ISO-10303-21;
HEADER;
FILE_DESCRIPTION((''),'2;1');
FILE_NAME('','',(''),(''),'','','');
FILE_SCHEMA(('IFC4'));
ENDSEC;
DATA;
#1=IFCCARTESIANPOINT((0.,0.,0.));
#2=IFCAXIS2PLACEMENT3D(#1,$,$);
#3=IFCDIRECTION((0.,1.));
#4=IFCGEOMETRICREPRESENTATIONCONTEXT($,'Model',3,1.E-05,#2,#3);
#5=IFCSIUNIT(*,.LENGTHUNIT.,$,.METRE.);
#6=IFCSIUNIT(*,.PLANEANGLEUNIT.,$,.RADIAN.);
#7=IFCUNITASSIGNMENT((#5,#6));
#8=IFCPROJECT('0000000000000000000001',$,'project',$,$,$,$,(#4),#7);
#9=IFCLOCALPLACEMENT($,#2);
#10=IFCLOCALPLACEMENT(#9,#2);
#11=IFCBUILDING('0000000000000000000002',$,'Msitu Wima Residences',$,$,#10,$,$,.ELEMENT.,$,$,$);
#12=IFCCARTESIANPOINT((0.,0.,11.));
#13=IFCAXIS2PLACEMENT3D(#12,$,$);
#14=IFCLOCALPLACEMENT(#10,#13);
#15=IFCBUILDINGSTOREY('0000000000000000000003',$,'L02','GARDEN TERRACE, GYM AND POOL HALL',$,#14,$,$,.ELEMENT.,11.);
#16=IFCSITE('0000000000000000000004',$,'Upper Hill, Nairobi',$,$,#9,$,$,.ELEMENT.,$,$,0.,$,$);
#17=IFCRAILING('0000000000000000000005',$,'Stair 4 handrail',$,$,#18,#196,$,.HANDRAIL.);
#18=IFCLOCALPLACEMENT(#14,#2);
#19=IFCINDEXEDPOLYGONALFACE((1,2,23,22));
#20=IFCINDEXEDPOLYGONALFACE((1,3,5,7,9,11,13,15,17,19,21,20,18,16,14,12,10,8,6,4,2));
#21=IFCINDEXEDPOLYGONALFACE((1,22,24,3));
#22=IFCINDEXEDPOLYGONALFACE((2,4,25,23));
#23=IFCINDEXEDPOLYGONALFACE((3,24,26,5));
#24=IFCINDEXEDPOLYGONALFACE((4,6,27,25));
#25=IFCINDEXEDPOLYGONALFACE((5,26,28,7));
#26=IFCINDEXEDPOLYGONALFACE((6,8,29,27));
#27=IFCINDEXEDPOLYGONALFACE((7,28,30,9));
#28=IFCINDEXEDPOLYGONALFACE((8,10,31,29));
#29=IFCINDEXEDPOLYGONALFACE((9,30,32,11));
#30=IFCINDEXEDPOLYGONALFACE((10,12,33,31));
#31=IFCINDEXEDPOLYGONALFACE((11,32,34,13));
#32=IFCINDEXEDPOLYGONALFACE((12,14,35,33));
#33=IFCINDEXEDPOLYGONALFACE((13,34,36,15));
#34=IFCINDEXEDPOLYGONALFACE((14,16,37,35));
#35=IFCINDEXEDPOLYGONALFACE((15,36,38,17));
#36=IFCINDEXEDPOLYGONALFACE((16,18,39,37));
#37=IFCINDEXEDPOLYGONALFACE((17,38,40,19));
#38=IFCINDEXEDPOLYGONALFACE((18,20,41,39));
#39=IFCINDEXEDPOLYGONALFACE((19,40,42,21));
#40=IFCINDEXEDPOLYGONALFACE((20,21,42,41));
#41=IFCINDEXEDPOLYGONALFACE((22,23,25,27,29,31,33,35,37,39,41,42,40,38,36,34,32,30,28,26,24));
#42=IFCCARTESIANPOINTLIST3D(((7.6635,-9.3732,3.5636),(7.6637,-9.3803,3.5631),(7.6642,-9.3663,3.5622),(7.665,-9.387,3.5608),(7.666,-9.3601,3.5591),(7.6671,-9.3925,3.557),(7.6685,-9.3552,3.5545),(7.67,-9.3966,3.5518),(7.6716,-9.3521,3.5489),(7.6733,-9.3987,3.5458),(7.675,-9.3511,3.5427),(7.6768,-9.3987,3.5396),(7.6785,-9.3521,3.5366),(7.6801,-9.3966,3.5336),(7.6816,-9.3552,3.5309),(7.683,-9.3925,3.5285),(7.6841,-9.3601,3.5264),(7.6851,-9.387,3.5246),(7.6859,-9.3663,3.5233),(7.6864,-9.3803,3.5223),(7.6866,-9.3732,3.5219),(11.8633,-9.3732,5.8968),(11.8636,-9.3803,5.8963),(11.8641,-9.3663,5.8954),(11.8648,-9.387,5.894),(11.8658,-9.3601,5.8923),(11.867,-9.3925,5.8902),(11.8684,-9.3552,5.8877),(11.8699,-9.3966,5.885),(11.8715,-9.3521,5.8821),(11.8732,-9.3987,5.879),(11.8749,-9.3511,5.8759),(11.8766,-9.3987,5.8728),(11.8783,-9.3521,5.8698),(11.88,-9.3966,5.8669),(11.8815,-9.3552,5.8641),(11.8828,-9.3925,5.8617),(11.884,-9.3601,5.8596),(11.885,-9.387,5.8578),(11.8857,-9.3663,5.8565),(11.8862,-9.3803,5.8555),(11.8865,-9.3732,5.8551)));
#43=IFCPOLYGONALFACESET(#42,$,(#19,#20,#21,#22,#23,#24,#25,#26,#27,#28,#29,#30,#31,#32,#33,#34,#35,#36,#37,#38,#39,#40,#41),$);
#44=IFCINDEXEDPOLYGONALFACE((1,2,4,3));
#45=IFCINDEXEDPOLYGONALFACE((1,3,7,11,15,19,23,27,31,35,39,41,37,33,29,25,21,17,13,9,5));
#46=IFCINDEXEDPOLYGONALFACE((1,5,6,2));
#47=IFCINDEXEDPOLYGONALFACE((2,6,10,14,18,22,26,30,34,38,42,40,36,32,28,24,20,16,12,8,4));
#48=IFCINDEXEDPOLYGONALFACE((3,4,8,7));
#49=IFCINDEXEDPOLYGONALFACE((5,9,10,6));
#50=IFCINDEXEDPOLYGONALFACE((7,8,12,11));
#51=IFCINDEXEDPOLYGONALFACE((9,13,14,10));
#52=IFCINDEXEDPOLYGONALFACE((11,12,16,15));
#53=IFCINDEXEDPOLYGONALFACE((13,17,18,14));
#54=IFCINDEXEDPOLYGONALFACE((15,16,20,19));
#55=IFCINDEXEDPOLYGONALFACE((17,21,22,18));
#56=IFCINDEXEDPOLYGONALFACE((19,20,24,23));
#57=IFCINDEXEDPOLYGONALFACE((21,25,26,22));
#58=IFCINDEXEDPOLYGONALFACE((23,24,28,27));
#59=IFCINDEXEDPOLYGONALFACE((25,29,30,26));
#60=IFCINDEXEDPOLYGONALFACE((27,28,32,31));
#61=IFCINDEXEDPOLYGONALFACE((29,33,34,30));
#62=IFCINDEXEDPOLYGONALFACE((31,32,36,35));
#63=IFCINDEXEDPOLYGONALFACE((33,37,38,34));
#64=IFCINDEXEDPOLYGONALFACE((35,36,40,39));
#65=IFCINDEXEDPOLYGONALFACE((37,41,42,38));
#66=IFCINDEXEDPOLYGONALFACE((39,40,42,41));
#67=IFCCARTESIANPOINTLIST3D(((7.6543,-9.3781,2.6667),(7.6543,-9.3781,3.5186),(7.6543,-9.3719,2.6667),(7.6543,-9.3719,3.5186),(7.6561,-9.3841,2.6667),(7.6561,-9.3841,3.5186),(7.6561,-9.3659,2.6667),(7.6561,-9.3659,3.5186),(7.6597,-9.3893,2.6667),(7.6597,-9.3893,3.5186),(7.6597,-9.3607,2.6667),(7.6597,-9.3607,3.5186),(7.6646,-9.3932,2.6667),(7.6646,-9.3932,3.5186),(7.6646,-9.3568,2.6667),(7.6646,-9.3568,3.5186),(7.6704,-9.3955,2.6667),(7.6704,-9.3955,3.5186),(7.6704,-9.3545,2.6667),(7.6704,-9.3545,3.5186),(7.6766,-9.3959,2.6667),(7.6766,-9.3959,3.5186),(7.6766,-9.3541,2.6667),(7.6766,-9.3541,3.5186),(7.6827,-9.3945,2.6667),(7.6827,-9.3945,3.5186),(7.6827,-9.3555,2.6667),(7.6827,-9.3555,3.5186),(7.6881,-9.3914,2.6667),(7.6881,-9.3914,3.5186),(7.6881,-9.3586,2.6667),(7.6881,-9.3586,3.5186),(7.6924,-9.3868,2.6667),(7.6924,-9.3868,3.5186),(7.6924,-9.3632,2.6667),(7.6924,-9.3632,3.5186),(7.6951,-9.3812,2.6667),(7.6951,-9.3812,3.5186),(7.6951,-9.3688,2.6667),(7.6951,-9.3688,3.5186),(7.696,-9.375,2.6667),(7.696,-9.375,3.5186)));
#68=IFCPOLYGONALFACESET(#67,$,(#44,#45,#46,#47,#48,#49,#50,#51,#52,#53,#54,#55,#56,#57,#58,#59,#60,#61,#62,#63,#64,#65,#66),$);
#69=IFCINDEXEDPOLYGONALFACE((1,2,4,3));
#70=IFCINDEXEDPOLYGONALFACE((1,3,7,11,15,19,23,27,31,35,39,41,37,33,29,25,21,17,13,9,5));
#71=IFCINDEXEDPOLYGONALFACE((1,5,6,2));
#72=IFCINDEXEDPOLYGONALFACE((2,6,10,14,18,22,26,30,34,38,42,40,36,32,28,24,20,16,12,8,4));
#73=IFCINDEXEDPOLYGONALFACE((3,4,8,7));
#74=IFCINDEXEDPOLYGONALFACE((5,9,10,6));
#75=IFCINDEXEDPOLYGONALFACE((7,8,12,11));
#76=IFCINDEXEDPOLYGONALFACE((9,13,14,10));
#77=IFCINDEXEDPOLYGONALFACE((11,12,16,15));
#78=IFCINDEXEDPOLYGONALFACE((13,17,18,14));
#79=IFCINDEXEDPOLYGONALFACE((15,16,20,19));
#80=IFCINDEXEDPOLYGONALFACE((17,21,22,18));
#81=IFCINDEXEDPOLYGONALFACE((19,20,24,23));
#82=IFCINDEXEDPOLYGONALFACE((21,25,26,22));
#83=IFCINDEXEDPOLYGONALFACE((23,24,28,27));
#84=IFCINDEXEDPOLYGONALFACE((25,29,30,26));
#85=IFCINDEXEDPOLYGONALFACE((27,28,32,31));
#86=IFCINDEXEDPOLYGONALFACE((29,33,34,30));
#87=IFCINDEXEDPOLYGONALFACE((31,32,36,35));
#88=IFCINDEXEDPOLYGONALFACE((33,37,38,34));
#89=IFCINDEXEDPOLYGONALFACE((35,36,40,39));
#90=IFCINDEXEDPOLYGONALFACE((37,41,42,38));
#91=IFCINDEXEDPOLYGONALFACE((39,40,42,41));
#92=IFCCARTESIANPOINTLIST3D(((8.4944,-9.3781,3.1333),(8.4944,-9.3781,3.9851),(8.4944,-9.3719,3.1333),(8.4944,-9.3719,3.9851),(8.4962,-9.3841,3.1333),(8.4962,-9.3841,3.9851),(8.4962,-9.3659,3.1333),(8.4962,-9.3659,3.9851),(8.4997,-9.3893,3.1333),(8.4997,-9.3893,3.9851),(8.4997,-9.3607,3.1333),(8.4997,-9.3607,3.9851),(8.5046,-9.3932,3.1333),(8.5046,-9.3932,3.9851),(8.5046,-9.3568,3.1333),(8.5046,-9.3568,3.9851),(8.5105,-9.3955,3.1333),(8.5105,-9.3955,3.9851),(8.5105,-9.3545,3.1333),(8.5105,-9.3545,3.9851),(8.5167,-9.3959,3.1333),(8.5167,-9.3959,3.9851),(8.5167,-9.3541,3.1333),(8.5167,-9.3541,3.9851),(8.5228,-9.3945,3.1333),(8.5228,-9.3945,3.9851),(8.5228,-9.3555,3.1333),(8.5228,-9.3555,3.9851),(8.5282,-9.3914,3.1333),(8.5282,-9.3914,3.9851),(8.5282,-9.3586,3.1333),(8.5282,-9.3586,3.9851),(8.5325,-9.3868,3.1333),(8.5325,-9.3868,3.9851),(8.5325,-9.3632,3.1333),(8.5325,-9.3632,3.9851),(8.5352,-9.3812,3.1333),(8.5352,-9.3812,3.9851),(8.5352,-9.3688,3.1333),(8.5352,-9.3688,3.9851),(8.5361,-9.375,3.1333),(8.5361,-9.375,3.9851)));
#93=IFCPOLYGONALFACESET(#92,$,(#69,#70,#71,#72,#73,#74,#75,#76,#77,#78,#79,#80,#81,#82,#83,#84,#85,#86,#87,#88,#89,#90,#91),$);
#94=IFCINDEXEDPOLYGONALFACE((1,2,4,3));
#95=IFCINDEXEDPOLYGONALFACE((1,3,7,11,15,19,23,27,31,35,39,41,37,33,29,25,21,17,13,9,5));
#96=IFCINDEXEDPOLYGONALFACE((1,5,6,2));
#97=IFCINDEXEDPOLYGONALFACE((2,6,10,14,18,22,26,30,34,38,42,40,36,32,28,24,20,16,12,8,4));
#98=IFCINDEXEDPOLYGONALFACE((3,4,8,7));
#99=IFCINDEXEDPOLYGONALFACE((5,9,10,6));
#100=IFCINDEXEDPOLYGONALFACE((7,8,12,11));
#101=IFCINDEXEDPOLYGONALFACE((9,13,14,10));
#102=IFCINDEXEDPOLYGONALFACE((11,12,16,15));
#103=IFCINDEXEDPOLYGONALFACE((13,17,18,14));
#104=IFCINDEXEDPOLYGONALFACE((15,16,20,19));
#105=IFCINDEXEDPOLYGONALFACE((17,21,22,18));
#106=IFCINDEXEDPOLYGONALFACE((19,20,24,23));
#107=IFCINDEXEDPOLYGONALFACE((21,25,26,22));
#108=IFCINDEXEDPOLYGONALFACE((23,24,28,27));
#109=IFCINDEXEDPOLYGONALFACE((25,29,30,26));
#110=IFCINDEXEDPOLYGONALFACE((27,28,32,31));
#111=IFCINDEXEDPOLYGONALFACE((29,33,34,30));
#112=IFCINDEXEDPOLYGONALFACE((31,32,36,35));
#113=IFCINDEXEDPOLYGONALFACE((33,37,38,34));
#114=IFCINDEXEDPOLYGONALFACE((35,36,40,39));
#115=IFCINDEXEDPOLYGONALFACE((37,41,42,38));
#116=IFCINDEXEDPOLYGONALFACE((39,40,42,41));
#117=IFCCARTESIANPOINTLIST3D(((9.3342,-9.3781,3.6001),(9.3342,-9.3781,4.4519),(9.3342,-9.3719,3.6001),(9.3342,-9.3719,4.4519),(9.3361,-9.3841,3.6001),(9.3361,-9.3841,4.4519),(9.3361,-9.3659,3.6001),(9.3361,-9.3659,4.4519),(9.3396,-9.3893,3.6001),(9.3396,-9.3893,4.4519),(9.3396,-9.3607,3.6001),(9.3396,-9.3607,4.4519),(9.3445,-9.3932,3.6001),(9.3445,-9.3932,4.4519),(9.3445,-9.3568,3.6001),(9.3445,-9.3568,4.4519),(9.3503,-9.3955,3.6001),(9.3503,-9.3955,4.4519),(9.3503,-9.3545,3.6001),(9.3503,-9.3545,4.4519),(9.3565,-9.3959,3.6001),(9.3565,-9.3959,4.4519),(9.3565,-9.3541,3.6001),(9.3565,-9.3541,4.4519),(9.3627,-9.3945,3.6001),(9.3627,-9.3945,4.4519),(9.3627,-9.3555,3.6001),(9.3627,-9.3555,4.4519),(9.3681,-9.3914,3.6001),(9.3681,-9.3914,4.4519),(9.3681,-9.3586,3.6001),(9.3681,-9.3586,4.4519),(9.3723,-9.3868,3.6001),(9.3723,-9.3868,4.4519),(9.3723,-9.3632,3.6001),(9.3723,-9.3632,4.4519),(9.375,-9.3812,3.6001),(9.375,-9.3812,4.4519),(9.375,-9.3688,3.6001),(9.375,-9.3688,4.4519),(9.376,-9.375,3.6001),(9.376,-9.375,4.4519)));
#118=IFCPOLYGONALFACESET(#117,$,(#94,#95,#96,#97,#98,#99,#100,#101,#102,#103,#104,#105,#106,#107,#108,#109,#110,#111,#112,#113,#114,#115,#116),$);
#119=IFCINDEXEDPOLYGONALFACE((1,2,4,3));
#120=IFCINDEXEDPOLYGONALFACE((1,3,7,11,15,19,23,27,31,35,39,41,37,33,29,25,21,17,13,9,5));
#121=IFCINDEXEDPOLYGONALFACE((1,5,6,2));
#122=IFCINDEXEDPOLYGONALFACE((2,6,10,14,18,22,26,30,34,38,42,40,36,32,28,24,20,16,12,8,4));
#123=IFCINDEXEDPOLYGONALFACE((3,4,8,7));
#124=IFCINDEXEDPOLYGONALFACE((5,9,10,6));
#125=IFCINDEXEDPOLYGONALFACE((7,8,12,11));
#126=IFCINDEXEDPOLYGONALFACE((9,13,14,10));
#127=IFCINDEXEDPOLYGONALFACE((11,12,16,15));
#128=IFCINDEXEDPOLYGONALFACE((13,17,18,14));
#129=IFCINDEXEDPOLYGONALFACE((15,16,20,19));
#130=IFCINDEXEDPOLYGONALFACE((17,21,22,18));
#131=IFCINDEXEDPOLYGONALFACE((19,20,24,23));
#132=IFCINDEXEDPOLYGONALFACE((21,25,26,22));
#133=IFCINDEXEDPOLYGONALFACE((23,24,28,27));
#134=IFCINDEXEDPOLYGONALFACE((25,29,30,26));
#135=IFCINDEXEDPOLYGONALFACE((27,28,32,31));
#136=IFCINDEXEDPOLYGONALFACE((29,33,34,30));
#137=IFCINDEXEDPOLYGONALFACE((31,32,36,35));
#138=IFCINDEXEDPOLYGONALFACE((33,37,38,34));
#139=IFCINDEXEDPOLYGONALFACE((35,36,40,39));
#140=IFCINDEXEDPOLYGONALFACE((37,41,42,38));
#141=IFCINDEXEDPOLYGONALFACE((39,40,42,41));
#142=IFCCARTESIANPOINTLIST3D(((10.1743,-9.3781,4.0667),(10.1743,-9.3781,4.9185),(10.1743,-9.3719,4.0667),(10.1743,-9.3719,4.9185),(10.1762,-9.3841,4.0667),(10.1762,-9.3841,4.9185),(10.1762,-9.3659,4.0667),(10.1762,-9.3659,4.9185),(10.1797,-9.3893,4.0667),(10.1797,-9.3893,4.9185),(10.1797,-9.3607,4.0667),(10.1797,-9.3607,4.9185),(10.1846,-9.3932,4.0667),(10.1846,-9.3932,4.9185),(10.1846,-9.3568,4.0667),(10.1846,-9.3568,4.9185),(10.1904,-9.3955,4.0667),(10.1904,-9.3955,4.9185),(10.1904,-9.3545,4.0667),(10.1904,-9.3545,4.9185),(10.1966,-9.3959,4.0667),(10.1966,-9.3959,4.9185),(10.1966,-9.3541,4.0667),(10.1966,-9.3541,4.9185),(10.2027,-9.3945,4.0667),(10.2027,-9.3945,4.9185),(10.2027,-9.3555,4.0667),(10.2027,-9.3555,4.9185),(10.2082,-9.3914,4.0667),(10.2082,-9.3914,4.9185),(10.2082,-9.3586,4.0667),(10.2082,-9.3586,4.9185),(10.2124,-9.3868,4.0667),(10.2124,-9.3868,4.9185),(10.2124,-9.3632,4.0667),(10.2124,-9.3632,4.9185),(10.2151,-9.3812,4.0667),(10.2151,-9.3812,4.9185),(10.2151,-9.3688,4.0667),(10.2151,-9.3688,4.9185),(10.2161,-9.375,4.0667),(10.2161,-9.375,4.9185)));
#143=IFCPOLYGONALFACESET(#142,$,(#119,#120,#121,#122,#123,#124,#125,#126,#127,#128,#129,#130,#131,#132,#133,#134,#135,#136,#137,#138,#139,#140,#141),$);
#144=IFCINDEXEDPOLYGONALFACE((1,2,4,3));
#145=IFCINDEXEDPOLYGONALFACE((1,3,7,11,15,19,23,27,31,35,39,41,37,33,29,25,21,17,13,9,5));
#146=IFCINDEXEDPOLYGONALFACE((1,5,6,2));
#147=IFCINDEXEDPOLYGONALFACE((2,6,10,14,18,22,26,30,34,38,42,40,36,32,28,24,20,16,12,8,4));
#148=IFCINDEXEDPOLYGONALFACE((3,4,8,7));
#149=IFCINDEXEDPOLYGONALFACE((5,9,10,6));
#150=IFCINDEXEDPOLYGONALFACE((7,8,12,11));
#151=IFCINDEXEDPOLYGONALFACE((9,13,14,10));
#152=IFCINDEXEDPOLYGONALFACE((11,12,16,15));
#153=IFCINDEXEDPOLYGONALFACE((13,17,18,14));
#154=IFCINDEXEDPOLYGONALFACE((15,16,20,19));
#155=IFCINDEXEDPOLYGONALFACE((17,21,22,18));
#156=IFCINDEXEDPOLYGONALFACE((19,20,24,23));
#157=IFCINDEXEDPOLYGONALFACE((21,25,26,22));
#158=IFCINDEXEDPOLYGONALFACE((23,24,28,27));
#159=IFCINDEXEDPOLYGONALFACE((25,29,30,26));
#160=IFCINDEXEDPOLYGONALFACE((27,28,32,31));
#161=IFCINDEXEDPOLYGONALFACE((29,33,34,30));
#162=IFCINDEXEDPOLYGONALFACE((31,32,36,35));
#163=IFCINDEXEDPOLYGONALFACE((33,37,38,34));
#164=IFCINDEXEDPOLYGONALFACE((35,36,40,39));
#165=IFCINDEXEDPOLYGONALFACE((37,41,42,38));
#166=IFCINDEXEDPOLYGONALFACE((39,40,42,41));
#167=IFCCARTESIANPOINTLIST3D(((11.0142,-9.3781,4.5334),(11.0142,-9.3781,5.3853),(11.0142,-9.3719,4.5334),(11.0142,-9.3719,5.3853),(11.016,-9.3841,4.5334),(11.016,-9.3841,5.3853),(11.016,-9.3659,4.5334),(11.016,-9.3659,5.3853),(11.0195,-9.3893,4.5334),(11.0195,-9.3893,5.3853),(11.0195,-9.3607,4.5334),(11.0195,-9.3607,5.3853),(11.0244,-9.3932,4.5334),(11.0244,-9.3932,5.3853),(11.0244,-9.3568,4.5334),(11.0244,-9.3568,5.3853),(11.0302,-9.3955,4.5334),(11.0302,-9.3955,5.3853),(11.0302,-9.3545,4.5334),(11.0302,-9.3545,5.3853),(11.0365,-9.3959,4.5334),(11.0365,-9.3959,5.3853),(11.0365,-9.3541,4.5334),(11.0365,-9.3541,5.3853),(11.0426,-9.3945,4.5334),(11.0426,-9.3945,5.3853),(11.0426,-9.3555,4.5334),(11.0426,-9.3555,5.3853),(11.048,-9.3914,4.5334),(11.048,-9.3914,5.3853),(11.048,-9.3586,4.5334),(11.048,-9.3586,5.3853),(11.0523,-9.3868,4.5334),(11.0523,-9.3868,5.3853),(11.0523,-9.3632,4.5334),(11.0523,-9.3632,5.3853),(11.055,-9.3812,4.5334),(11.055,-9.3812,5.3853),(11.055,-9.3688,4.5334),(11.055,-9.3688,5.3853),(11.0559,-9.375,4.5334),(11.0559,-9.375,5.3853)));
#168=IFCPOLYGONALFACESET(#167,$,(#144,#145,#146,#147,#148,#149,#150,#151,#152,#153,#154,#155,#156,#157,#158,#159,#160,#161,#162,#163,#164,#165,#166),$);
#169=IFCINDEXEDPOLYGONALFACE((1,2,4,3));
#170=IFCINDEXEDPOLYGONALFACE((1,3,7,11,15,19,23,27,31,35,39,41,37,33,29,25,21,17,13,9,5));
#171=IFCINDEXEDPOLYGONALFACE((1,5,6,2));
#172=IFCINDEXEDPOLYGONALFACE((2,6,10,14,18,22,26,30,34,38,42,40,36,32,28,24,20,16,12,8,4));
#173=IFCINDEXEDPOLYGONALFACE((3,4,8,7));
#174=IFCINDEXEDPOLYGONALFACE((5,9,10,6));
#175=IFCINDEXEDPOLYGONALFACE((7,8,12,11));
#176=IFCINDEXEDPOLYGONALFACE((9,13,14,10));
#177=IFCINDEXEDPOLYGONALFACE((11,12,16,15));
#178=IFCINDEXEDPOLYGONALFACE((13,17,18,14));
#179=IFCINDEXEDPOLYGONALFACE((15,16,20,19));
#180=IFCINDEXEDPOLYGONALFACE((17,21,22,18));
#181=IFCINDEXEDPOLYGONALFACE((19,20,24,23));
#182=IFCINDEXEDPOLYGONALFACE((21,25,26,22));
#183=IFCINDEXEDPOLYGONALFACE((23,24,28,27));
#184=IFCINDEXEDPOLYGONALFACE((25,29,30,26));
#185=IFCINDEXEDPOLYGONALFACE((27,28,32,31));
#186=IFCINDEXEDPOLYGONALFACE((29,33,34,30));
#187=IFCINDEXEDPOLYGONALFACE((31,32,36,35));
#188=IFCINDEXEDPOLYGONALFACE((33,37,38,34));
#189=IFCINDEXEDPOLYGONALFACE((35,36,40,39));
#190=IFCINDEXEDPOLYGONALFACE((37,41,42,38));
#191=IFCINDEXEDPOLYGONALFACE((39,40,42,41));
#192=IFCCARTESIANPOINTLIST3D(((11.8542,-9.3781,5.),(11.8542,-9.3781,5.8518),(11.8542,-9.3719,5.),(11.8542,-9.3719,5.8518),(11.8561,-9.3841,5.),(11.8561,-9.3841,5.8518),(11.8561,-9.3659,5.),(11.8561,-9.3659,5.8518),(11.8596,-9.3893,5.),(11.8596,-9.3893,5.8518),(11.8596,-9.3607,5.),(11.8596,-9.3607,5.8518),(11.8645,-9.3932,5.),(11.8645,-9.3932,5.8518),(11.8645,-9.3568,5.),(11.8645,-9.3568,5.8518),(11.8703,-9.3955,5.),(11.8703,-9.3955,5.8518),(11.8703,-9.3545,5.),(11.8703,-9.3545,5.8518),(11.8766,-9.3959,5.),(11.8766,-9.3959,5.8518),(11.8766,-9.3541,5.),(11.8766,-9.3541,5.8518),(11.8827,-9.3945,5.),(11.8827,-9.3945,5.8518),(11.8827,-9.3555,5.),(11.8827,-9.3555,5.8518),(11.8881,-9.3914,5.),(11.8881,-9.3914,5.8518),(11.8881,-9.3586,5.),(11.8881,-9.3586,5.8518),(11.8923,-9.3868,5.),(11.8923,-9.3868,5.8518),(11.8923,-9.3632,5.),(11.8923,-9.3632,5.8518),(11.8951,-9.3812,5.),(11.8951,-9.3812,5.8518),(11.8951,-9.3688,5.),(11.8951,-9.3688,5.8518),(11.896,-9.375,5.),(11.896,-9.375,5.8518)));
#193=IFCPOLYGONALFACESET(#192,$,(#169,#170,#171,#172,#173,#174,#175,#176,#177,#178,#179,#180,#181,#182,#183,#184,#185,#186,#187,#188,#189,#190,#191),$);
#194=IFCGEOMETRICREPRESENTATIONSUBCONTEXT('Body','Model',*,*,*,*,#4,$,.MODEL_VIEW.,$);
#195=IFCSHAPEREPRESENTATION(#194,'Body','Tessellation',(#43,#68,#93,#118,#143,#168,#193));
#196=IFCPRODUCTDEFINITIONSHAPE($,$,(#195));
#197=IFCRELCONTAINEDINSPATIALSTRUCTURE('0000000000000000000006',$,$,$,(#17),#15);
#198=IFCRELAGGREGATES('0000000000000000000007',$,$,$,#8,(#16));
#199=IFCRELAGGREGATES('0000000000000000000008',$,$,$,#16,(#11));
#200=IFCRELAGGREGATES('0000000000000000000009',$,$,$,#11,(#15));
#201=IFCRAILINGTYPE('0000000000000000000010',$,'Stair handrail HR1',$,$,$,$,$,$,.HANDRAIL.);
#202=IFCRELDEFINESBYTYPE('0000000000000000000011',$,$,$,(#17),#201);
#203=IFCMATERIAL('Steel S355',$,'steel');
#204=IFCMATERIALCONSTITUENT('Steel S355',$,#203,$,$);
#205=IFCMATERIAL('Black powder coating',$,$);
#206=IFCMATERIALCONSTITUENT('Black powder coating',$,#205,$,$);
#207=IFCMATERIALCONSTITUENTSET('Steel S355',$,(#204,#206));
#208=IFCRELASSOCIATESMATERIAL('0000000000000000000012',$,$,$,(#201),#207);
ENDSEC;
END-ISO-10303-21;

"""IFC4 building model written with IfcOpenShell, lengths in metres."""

from ifc_helpers import new_model, si_unit, direction, frame, origin, origin_2d, place, context, subcontext, project, spatial, circle, extrude, material, constituent, constituent_set, type_object, element, save


model = new_model("IFC4")

# Units and contexts
model_context = context("Model", 3, precision=1e-05, world=origin(), true_north=direction((0.0, 1.0)))
body_context = subcontext(model_context, "Body", "Model", "MODEL_VIEW")
ifc_project = project(units=[si_unit("LENGTHUNIT", "METRE"), si_unit("PLANEANGLEUNIT", "RADIAN")], contexts=[model_context])

# Site, building, storey
site_placement = place(None, origin())
site = spatial("IfcSite", under=ifc_project, at=site_placement, Name="Upper Hill, Nairobi", CompositionType="ELEMENT", RefElevation=0.0)
building_placement = place(site_placement, origin())
building = spatial("IfcBuilding", under=site, at=building_placement, Name="Msitu Wima Residences", CompositionType="ELEMENT")
storey_placement = place(building_placement, frame((0.0, 0.0, 11.0)))
storey = spatial("IfcBuildingStorey", under=building, at=storey_placement, Name="L02", Description="GARDEN TERRACE, GYM AND POOL HALL", CompositionType="ELEMENT", Elevation=11.0)

# Railing
ifc_material_1 = material(Name="Steel S355", Category="steel")
ifc_constituent_1 = constituent(ifc_material_1, Name="Steel S355")
ifc_material_2 = material(Name="Black powder coating")
ifc_constituent_2 = constituent(ifc_material_2, Name="Black powder coating")
ifc_constituent_set = constituent_set(constituents=[ifc_constituent_1, ifc_constituent_2], Name="Steel S355")
railing_type = type_object("IfcRailingType", Name="Stair handrail HR1", PredefinedType="HANDRAIL", material=ifc_constituent_set)
railing_placement = place(storey_placement, frame((7.675, -9.375, 2.6667)))
element("IfcRailing", 1, at=railing_placement, inside=storey, type_object=railing_type, Name="Stair 4 handrail", PredefinedType="HANDRAIL", context=body_context, shape_type="SweptSolid", body=[
    extrude(circle(Radius=0.0239, at=origin_2d()), frame((0.0, 0.0, 0.876), z_axis=(0.874162, 0.0, 0.485634), x_axis=(0.0, 1.0, 0.0)), (0.0, 0.0, 1.0), 4.8044),
    extrude(circle(Radius=0.021, at=origin_2d()), origin(), (0.0, 0.0, 1.0), 0.8518),
    extrude(circle(Radius=0.021, at=origin_2d()), frame((0.8401, 0.0, 0.4666)), (0.0, 0.0, 1.0), 0.8518),
    extrude(circle(Radius=0.021, at=origin_2d()), frame((1.6799, 0.0, 0.9333)), (0.0, 0.0, 1.0), 0.8518),
    extrude(circle(Radius=0.021, at=origin_2d()), frame((2.52, 0.0, 1.3999)), (0.0, 0.0, 1.0), 0.8518),
    extrude(circle(Radius=0.021, at=origin_2d()), frame((3.3599, 0.0, 1.8667)), (0.0, 0.0, 1.0), 0.8518),
    extrude(circle(Radius=0.021, at=origin_2d()), frame((4.2, 0.0, 2.3333)), (0.0, 0.0, 1.0), 0.8518),
])

save(model, "model.ifc")
